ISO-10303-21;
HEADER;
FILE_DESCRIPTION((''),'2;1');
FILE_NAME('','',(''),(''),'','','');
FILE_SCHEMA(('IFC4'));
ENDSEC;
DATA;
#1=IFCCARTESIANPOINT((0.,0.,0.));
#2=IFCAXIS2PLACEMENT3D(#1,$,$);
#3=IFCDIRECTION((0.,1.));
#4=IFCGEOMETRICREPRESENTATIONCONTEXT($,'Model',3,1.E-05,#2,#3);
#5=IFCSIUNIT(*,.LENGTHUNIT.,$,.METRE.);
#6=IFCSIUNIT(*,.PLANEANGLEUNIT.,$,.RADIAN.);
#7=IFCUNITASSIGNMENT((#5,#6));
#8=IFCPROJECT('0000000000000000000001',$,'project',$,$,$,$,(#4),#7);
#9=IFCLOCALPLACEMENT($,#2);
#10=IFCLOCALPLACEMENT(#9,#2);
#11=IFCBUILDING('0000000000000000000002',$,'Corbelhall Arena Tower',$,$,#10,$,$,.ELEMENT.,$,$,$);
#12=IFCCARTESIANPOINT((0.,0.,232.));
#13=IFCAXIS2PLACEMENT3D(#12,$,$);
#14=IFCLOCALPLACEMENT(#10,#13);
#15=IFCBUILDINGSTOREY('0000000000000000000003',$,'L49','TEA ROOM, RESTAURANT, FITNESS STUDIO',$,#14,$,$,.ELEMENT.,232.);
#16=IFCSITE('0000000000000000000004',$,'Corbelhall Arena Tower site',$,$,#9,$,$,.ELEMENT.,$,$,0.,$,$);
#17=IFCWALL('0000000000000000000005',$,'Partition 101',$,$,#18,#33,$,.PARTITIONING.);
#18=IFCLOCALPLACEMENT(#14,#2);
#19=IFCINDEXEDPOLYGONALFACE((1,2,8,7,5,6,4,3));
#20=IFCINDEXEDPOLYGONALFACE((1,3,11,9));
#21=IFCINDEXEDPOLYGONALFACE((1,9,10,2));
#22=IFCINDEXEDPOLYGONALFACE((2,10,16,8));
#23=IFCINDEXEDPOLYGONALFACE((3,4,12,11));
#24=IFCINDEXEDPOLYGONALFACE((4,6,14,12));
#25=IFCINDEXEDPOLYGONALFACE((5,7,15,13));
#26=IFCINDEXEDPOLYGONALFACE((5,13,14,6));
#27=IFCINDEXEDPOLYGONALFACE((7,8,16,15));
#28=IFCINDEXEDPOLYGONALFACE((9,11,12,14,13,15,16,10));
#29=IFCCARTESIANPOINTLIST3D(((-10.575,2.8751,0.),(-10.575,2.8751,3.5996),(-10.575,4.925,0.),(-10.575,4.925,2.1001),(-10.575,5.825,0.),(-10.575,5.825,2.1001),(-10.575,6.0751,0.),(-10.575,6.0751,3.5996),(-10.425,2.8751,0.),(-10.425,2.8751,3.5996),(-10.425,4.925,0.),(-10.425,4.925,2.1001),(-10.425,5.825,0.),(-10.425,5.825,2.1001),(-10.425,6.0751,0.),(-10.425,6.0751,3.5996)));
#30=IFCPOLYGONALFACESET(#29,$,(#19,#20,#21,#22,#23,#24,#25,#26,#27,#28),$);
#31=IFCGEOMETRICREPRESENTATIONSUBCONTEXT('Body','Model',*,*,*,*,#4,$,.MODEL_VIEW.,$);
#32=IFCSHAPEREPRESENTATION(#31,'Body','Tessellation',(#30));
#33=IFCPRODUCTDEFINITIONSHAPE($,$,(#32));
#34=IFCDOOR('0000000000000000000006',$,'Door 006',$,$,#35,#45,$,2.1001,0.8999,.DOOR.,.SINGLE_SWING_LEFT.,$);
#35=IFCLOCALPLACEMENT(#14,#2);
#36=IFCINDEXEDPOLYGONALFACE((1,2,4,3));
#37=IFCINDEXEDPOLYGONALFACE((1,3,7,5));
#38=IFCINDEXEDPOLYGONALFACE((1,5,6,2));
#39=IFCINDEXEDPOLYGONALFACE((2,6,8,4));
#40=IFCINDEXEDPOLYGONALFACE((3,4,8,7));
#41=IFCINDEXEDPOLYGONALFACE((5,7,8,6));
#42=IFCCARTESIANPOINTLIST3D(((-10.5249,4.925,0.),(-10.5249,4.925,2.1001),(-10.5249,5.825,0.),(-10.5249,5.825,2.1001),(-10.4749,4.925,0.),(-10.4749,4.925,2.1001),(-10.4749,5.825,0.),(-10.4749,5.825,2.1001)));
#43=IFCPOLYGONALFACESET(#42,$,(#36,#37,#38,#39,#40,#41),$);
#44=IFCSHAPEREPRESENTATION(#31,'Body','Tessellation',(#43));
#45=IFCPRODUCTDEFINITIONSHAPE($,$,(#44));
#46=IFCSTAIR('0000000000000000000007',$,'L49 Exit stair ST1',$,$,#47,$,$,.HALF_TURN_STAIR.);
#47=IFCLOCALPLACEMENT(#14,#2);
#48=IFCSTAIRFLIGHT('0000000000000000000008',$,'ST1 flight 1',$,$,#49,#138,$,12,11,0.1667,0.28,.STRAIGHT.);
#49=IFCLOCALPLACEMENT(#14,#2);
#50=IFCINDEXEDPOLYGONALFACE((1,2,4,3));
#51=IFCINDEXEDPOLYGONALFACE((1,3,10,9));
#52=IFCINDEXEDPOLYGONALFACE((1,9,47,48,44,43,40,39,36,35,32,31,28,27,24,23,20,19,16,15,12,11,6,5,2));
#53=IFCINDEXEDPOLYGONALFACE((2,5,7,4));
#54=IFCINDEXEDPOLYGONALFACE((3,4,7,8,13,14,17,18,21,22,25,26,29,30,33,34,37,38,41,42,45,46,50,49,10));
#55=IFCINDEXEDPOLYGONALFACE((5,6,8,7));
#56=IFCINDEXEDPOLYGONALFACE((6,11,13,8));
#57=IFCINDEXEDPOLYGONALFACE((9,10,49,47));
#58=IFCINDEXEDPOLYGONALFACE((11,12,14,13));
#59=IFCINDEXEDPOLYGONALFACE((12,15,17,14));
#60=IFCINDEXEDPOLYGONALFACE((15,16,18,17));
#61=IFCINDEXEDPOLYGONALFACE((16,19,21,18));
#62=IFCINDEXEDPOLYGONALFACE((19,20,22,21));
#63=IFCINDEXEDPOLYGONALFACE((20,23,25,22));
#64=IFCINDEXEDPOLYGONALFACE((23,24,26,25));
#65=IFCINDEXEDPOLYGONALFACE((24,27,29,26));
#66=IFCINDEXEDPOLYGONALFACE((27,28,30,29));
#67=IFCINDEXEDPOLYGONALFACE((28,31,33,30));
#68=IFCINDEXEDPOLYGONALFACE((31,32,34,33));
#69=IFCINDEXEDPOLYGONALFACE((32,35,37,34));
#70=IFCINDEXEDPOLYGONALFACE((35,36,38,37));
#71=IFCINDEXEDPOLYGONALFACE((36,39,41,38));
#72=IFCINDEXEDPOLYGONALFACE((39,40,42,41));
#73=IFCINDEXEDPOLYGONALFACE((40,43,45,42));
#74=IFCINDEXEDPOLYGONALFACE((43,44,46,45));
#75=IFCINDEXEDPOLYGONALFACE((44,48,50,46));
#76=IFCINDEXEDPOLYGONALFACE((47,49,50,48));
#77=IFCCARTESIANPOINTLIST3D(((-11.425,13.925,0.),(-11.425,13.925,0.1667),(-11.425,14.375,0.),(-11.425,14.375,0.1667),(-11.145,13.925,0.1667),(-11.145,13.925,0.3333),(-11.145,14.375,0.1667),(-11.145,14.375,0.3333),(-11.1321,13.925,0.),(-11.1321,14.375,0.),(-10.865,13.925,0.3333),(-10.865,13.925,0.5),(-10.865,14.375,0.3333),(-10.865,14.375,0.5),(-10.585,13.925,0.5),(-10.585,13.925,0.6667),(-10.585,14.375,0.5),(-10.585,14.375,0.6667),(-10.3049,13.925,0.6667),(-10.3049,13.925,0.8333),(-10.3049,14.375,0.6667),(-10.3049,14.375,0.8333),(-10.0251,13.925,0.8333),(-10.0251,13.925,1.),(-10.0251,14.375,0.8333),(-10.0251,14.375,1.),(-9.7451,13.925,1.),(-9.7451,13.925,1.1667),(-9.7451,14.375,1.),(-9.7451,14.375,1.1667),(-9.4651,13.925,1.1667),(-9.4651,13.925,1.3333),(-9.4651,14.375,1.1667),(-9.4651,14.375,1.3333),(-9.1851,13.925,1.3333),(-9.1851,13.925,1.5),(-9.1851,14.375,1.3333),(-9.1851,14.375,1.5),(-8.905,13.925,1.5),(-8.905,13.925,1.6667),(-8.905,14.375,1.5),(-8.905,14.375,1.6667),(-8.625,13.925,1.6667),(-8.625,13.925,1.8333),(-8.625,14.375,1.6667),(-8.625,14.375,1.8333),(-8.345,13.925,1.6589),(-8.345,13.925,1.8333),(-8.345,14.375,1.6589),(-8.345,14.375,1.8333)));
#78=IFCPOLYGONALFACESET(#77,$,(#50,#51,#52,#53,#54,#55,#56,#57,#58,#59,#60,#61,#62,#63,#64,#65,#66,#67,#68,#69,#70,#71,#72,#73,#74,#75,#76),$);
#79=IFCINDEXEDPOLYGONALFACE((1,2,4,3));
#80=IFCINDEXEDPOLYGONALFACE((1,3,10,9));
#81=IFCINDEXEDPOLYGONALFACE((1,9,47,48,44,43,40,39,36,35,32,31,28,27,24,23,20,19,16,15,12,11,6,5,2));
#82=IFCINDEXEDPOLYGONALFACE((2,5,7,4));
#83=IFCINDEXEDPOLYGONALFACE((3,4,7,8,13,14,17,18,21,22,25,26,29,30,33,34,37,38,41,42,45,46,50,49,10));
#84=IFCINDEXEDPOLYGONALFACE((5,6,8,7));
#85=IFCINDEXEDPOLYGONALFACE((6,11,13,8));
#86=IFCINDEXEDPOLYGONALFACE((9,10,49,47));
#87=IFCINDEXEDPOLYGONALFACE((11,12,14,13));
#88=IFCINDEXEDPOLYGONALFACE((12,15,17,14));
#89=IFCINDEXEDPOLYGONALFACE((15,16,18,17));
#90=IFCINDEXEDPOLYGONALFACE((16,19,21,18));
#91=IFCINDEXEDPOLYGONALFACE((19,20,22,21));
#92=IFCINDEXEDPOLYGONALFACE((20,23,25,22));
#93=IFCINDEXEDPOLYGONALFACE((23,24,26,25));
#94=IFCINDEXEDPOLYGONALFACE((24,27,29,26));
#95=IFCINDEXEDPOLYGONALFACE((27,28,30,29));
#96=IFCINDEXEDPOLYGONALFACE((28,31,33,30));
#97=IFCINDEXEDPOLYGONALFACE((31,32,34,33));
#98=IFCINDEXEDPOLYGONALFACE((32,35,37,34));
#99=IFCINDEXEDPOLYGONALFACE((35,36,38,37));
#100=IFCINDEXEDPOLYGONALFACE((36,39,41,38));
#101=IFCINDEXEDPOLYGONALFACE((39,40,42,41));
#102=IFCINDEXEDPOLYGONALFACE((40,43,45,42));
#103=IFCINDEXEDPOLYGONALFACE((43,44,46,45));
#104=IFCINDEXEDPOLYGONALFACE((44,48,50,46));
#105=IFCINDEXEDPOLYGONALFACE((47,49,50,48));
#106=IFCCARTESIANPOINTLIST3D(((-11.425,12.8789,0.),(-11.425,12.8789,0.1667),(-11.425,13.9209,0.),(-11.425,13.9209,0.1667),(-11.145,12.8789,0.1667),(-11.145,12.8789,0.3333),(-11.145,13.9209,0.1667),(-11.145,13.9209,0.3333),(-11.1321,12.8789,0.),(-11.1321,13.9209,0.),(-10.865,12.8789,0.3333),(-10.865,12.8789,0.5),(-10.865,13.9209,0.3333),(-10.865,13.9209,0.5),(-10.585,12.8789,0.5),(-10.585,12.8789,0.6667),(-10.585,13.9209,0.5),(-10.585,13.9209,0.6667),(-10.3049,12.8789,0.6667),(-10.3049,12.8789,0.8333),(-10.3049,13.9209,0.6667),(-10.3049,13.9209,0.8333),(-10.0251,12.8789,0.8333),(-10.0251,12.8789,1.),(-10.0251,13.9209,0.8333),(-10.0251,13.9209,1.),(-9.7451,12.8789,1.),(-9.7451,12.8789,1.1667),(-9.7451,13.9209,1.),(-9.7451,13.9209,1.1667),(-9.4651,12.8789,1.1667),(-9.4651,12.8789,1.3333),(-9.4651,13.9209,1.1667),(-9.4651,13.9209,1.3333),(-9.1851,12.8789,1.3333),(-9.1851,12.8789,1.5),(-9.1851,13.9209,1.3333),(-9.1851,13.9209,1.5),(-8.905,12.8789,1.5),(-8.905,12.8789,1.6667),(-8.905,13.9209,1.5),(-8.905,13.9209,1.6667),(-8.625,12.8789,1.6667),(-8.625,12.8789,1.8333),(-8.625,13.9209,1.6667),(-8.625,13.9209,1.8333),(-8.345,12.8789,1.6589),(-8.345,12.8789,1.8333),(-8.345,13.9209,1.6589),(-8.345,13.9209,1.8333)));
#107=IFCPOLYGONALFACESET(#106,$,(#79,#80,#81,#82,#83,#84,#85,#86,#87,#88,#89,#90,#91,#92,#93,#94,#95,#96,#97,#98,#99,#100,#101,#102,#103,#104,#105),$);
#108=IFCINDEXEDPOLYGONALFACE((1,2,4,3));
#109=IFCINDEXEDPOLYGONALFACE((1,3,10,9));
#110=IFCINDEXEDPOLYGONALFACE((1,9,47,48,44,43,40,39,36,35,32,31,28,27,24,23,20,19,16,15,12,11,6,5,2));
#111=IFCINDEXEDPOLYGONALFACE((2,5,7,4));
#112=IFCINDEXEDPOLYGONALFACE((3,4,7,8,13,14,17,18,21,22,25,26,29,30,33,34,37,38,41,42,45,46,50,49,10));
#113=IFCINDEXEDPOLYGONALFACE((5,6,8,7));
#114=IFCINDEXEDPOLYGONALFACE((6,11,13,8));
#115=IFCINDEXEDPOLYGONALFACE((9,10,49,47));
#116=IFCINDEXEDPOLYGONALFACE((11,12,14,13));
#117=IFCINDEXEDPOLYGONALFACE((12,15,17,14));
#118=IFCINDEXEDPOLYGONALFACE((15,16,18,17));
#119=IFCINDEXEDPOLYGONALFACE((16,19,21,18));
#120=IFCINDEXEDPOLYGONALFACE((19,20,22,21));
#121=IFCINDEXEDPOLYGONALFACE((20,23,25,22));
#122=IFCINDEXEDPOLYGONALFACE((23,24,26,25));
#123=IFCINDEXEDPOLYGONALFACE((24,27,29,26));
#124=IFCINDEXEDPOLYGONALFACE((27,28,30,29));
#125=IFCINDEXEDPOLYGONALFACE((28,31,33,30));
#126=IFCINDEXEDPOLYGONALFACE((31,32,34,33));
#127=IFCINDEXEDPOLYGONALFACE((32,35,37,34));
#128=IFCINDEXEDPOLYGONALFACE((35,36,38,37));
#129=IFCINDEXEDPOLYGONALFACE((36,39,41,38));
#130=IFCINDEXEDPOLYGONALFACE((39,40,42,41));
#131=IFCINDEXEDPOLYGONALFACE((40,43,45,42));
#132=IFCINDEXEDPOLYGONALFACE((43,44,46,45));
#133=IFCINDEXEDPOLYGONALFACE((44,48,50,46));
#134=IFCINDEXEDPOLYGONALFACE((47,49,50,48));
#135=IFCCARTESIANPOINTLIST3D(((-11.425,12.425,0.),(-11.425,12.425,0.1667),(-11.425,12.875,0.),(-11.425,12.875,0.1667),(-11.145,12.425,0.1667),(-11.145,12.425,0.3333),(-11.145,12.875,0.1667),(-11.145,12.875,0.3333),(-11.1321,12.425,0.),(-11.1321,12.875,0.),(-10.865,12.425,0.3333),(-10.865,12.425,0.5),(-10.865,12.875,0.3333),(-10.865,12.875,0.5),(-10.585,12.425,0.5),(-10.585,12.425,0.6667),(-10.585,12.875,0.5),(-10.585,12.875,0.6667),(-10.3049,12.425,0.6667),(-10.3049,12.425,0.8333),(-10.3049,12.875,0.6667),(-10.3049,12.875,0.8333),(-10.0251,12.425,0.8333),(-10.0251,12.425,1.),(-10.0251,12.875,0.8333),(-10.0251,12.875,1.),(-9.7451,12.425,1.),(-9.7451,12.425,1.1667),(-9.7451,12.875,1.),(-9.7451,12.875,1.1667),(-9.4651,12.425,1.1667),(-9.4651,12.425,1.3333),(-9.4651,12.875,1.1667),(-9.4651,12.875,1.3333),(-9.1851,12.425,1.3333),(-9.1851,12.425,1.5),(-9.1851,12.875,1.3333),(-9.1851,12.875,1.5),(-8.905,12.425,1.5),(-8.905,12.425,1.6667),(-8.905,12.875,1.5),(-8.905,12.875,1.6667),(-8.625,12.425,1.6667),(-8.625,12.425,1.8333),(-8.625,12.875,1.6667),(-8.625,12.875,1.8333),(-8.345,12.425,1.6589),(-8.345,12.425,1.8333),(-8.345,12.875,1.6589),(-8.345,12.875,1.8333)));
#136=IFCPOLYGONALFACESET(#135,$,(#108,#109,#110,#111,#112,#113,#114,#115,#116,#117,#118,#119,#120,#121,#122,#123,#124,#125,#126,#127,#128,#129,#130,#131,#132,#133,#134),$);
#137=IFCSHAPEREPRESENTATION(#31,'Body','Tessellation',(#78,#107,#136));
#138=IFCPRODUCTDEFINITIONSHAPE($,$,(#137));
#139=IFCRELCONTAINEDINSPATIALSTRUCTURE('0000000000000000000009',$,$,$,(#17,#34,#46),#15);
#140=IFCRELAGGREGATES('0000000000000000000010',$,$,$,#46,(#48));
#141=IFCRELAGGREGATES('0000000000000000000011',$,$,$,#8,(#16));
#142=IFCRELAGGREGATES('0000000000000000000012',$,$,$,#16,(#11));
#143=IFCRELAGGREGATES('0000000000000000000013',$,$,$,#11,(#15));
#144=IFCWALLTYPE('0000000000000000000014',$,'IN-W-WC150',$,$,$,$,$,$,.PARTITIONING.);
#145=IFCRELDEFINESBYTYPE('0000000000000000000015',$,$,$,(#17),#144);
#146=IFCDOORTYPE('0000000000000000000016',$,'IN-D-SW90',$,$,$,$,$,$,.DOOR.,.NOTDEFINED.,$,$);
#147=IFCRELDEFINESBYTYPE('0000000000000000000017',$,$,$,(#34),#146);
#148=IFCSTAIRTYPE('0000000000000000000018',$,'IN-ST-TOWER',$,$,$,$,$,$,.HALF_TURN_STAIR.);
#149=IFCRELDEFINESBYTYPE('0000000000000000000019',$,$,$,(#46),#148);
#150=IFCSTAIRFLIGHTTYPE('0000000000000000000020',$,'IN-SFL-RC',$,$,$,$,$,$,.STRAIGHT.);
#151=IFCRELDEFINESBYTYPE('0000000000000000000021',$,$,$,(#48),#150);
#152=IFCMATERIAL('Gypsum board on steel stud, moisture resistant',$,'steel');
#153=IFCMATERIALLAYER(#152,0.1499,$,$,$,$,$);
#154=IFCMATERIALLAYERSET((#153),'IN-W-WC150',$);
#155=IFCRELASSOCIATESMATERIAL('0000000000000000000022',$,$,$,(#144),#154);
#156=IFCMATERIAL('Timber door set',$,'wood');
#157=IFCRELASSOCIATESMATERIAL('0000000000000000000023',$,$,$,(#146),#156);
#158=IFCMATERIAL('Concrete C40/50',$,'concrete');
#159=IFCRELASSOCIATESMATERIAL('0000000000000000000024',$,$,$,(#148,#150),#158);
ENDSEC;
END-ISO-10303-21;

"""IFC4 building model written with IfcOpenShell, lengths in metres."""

from ifc_helpers import new_model, si_unit, direction, frame, frame_2d, origin, place, context, subcontext, project, spatial, polyline, rectangle, outline, extrude, material, layer, layer_set, type_object, element, fill, aggregate, save


model = new_model("IFC4")

# Units and contexts
model_context = context("Model", 3, precision=1e-05, world=origin(), true_north=direction((0.0, 1.0)))
body_context = subcontext(model_context, "Body", "Model", "MODEL_VIEW")
ifc_project = project(units=[si_unit("LENGTHUNIT", "METRE"), si_unit("PLANEANGLEUNIT", "RADIAN")], contexts=[model_context])

# Site, building, storey
site_placement = place(None, origin())
site = spatial("IfcSite", under=ifc_project, at=site_placement, Name="Corbelhall Arena Tower site", CompositionType="ELEMENT", RefElevation=0.0)
building_placement = place(site_placement, origin())
building = spatial("IfcBuilding", under=site, at=building_placement, Name="Corbelhall Arena Tower", CompositionType="ELEMENT")
storey_placement = place(building_placement, frame((0.0, 0.0, 232.0)))
storey = spatial("IfcBuildingStorey", under=building, at=storey_placement, Name="L49", Description="TEA ROOM, RESTAURANT, FITNESS STUDIO", CompositionType="ELEMENT", Elevation=232.0)

# Shared definitions
ifc_material_1 = material(Name="Concrete C40/50", Category="concrete")

# Wall, opening, door
ifc_material_2 = material(Name="Gypsum board on steel stud, moisture resistant", Category="steel")
ifc_layer_1 = layer(ifc_material_2, 0.1499)
ifc_layer_set_1 = layer_set([ifc_layer_1], Name="IN-W-WC150")
wall_type_1 = type_object("IfcWallType", Name="IN-W-WC150", PredefinedType="PARTITIONING", material=ifc_layer_set_1)
wall_1_placement = place(storey_placement, frame((-10.5, 2.875, 0.0), z_axis=(0.0, 0.0, 1.0), x_axis=(0.0, 1.0, 0.0)))
wall_1 = element("IfcWall", 1, at=wall_1_placement, inside=storey, type_object=wall_type_1, Name="Partition 101", PredefinedType="PARTITIONING", context=body_context, shape_type="SweptSolid", body=[
    extrude(rectangle(XDim=3.2, YDim=0.1499, at=frame_2d((1.6001, 0.0))), origin(), (0.0, 0.0, 1.0), 3.5996),
])
opening_1_placement = place(wall_1_placement, frame((2.05, 0.0, 0.0)))
opening_1 = element("IfcOpeningElement", 2, at=opening_1_placement, cuts=wall_1, PredefinedType="OPENING", context=body_context, shape_type="SweptSolid", body=[
    extrude(rectangle(XDim=0.8999, YDim=2.1001, at=frame_2d((0.45, 1.05))), frame((0.0, 0.075, 0.0), z_axis=(0.0, -1.0, 0.0), x_axis=(1.0, 0.0, 0.0)), (0.0, 0.0, 1.0), 0.1499),
])
ifc_material_3 = material(Name="Timber door set", Category="wood")
door_type_1 = type_object("IfcDoorType", Name="IN-D-SW90", OperationType="NOTDEFINED", PredefinedType="DOOR", material=ifc_material_3)
door_1_placement = place(opening_1_placement, origin())
door_1 = element("IfcDoor", 3, at=door_1_placement, inside=storey, type_object=door_type_1, Name="Door 006", OperationType="SINGLE_SWING_LEFT", OverallHeight=2.1001, OverallWidth=0.8999, PredefinedType="DOOR", context=body_context, shape_type="SweptSolid", body=[
    extrude(rectangle(XDim=0.8999, YDim=2.1001, at=frame_2d((0.45, 1.05))), frame((0.0, 0.0249, 0.0), z_axis=(0.0, -1.0, 0.0), x_axis=(1.0, 0.0, 0.0)), (0.0, 0.0, 1.0), 0.05),
])
fill(opening_1, door_1)

# Stair, stair flight
stair_type = type_object("IfcStairType", Name="IN-ST-TOWER", PredefinedType="HALF_TURN_STAIR", material=ifc_material_1)
stair_placement = place(storey_placement, origin())
stair = element("IfcStair", 4, at=stair_placement, inside=storey, type_object=stair_type, Name="L49 Exit stair ST1", PredefinedType="HALF_TURN_STAIR")
stair_flight_type = type_object("IfcStairFlightType", Name="IN-SFL-RC", PredefinedType="STRAIGHT", material=ifc_material_1)
stair_flight_placement = place(storey_placement, frame((-11.425, 13.3999, 0.0), z_axis=(0.0, 0.0, 1.0), x_axis=(1.0, 0.0, 0.0)))
stair_flight = element("IfcStairFlight", 5, at=stair_flight_placement, type_object=stair_flight_type, Name="ST1 flight 1", NumberOfRisers=12, NumberOfTreads=11, PredefinedType="STRAIGHT", RiserHeight=0.1667, TreadLength=0.28, context=body_context, shape_type="SweptSolid", body=[
    extrude(outline(polyline([(0.0, 0.0), (0.0, 0.1667), (0.28, 0.1667), (0.28, 0.3333), (0.5601, 0.3333), (0.5601, 0.5), (0.8401, 0.5), (0.8401, 0.6667), (1.1201, 0.6667), (1.1201, 0.8333), (1.3999, 0.8333), (1.3999, 1.0), (1.6799, 1.0), (1.6799, 1.1667), (1.96, 1.1667), (1.96, 1.3333), (2.24, 1.3333), (2.24, 1.5), (2.52, 1.5), (2.52, 1.6667), (2.8, 1.6667), (2.8, 1.8333), (3.0801, 1.8333), (3.0801, 2.0), (3.0801, 1.6589), (0.293, 0.0), (0.0, 0.0)])), frame((0.0, 0.9751, 0.0), z_axis=(0.0, -1.0, 0.0), x_axis=(1.0, 0.0, 0.0)), (0.0, 0.0, 1.0), 0.45),
    extrude(outline(polyline([(0.0, 0.0), (0.0, 0.1667), (0.28, 0.1667), (0.28, 0.3333), (0.5601, 0.3333), (0.5601, 0.5), (0.8401, 0.5), (0.8401, 0.6667), (1.1201, 0.6667), (1.1201, 0.8333), (1.3999, 0.8333), (1.3999, 1.0), (1.6799, 1.0), (1.6799, 1.1667), (1.96, 1.1667), (1.96, 1.3333), (2.24, 1.3333), (2.24, 1.5), (2.52, 1.5), (2.52, 1.6667), (2.8, 1.6667), (2.8, 1.8333), (3.0801, 1.8333), (3.0801, 2.0), (3.0801, 1.6589), (0.293, 0.0), (0.0, 0.0)])), frame((0.0, 0.521, 0.0), z_axis=(0.0, -1.0, 0.0), x_axis=(1.0, 0.0, 0.0)), (0.0, 0.0, 1.0), 1.042),
    extrude(outline(polyline([(0.0, 0.0), (0.0, 0.1667), (0.28, 0.1667), (0.28, 0.3333), (0.5601, 0.3333), (0.5601, 0.5), (0.8401, 0.5), (0.8401, 0.6667), (1.1201, 0.6667), (1.1201, 0.8333), (1.3999, 0.8333), (1.3999, 1.0), (1.6799, 1.0), (1.6799, 1.1667), (1.96, 1.1667), (1.96, 1.3333), (2.24, 1.3333), (2.24, 1.5), (2.52, 1.5), (2.52, 1.6667), (2.8, 1.6667), (2.8, 1.8333), (3.0801, 1.8333), (3.0801, 2.0), (3.0801, 1.6589), (0.293, 0.0), (0.0, 0.0)])), frame((0.0, -0.5249, 0.0), z_axis=(0.0, -1.0, 0.0), x_axis=(1.0, 0.0, 0.0)), (0.0, 0.0, 1.0), 0.45),
])
aggregate(stair, [stair_flight])

save(model, "model.ifc")
